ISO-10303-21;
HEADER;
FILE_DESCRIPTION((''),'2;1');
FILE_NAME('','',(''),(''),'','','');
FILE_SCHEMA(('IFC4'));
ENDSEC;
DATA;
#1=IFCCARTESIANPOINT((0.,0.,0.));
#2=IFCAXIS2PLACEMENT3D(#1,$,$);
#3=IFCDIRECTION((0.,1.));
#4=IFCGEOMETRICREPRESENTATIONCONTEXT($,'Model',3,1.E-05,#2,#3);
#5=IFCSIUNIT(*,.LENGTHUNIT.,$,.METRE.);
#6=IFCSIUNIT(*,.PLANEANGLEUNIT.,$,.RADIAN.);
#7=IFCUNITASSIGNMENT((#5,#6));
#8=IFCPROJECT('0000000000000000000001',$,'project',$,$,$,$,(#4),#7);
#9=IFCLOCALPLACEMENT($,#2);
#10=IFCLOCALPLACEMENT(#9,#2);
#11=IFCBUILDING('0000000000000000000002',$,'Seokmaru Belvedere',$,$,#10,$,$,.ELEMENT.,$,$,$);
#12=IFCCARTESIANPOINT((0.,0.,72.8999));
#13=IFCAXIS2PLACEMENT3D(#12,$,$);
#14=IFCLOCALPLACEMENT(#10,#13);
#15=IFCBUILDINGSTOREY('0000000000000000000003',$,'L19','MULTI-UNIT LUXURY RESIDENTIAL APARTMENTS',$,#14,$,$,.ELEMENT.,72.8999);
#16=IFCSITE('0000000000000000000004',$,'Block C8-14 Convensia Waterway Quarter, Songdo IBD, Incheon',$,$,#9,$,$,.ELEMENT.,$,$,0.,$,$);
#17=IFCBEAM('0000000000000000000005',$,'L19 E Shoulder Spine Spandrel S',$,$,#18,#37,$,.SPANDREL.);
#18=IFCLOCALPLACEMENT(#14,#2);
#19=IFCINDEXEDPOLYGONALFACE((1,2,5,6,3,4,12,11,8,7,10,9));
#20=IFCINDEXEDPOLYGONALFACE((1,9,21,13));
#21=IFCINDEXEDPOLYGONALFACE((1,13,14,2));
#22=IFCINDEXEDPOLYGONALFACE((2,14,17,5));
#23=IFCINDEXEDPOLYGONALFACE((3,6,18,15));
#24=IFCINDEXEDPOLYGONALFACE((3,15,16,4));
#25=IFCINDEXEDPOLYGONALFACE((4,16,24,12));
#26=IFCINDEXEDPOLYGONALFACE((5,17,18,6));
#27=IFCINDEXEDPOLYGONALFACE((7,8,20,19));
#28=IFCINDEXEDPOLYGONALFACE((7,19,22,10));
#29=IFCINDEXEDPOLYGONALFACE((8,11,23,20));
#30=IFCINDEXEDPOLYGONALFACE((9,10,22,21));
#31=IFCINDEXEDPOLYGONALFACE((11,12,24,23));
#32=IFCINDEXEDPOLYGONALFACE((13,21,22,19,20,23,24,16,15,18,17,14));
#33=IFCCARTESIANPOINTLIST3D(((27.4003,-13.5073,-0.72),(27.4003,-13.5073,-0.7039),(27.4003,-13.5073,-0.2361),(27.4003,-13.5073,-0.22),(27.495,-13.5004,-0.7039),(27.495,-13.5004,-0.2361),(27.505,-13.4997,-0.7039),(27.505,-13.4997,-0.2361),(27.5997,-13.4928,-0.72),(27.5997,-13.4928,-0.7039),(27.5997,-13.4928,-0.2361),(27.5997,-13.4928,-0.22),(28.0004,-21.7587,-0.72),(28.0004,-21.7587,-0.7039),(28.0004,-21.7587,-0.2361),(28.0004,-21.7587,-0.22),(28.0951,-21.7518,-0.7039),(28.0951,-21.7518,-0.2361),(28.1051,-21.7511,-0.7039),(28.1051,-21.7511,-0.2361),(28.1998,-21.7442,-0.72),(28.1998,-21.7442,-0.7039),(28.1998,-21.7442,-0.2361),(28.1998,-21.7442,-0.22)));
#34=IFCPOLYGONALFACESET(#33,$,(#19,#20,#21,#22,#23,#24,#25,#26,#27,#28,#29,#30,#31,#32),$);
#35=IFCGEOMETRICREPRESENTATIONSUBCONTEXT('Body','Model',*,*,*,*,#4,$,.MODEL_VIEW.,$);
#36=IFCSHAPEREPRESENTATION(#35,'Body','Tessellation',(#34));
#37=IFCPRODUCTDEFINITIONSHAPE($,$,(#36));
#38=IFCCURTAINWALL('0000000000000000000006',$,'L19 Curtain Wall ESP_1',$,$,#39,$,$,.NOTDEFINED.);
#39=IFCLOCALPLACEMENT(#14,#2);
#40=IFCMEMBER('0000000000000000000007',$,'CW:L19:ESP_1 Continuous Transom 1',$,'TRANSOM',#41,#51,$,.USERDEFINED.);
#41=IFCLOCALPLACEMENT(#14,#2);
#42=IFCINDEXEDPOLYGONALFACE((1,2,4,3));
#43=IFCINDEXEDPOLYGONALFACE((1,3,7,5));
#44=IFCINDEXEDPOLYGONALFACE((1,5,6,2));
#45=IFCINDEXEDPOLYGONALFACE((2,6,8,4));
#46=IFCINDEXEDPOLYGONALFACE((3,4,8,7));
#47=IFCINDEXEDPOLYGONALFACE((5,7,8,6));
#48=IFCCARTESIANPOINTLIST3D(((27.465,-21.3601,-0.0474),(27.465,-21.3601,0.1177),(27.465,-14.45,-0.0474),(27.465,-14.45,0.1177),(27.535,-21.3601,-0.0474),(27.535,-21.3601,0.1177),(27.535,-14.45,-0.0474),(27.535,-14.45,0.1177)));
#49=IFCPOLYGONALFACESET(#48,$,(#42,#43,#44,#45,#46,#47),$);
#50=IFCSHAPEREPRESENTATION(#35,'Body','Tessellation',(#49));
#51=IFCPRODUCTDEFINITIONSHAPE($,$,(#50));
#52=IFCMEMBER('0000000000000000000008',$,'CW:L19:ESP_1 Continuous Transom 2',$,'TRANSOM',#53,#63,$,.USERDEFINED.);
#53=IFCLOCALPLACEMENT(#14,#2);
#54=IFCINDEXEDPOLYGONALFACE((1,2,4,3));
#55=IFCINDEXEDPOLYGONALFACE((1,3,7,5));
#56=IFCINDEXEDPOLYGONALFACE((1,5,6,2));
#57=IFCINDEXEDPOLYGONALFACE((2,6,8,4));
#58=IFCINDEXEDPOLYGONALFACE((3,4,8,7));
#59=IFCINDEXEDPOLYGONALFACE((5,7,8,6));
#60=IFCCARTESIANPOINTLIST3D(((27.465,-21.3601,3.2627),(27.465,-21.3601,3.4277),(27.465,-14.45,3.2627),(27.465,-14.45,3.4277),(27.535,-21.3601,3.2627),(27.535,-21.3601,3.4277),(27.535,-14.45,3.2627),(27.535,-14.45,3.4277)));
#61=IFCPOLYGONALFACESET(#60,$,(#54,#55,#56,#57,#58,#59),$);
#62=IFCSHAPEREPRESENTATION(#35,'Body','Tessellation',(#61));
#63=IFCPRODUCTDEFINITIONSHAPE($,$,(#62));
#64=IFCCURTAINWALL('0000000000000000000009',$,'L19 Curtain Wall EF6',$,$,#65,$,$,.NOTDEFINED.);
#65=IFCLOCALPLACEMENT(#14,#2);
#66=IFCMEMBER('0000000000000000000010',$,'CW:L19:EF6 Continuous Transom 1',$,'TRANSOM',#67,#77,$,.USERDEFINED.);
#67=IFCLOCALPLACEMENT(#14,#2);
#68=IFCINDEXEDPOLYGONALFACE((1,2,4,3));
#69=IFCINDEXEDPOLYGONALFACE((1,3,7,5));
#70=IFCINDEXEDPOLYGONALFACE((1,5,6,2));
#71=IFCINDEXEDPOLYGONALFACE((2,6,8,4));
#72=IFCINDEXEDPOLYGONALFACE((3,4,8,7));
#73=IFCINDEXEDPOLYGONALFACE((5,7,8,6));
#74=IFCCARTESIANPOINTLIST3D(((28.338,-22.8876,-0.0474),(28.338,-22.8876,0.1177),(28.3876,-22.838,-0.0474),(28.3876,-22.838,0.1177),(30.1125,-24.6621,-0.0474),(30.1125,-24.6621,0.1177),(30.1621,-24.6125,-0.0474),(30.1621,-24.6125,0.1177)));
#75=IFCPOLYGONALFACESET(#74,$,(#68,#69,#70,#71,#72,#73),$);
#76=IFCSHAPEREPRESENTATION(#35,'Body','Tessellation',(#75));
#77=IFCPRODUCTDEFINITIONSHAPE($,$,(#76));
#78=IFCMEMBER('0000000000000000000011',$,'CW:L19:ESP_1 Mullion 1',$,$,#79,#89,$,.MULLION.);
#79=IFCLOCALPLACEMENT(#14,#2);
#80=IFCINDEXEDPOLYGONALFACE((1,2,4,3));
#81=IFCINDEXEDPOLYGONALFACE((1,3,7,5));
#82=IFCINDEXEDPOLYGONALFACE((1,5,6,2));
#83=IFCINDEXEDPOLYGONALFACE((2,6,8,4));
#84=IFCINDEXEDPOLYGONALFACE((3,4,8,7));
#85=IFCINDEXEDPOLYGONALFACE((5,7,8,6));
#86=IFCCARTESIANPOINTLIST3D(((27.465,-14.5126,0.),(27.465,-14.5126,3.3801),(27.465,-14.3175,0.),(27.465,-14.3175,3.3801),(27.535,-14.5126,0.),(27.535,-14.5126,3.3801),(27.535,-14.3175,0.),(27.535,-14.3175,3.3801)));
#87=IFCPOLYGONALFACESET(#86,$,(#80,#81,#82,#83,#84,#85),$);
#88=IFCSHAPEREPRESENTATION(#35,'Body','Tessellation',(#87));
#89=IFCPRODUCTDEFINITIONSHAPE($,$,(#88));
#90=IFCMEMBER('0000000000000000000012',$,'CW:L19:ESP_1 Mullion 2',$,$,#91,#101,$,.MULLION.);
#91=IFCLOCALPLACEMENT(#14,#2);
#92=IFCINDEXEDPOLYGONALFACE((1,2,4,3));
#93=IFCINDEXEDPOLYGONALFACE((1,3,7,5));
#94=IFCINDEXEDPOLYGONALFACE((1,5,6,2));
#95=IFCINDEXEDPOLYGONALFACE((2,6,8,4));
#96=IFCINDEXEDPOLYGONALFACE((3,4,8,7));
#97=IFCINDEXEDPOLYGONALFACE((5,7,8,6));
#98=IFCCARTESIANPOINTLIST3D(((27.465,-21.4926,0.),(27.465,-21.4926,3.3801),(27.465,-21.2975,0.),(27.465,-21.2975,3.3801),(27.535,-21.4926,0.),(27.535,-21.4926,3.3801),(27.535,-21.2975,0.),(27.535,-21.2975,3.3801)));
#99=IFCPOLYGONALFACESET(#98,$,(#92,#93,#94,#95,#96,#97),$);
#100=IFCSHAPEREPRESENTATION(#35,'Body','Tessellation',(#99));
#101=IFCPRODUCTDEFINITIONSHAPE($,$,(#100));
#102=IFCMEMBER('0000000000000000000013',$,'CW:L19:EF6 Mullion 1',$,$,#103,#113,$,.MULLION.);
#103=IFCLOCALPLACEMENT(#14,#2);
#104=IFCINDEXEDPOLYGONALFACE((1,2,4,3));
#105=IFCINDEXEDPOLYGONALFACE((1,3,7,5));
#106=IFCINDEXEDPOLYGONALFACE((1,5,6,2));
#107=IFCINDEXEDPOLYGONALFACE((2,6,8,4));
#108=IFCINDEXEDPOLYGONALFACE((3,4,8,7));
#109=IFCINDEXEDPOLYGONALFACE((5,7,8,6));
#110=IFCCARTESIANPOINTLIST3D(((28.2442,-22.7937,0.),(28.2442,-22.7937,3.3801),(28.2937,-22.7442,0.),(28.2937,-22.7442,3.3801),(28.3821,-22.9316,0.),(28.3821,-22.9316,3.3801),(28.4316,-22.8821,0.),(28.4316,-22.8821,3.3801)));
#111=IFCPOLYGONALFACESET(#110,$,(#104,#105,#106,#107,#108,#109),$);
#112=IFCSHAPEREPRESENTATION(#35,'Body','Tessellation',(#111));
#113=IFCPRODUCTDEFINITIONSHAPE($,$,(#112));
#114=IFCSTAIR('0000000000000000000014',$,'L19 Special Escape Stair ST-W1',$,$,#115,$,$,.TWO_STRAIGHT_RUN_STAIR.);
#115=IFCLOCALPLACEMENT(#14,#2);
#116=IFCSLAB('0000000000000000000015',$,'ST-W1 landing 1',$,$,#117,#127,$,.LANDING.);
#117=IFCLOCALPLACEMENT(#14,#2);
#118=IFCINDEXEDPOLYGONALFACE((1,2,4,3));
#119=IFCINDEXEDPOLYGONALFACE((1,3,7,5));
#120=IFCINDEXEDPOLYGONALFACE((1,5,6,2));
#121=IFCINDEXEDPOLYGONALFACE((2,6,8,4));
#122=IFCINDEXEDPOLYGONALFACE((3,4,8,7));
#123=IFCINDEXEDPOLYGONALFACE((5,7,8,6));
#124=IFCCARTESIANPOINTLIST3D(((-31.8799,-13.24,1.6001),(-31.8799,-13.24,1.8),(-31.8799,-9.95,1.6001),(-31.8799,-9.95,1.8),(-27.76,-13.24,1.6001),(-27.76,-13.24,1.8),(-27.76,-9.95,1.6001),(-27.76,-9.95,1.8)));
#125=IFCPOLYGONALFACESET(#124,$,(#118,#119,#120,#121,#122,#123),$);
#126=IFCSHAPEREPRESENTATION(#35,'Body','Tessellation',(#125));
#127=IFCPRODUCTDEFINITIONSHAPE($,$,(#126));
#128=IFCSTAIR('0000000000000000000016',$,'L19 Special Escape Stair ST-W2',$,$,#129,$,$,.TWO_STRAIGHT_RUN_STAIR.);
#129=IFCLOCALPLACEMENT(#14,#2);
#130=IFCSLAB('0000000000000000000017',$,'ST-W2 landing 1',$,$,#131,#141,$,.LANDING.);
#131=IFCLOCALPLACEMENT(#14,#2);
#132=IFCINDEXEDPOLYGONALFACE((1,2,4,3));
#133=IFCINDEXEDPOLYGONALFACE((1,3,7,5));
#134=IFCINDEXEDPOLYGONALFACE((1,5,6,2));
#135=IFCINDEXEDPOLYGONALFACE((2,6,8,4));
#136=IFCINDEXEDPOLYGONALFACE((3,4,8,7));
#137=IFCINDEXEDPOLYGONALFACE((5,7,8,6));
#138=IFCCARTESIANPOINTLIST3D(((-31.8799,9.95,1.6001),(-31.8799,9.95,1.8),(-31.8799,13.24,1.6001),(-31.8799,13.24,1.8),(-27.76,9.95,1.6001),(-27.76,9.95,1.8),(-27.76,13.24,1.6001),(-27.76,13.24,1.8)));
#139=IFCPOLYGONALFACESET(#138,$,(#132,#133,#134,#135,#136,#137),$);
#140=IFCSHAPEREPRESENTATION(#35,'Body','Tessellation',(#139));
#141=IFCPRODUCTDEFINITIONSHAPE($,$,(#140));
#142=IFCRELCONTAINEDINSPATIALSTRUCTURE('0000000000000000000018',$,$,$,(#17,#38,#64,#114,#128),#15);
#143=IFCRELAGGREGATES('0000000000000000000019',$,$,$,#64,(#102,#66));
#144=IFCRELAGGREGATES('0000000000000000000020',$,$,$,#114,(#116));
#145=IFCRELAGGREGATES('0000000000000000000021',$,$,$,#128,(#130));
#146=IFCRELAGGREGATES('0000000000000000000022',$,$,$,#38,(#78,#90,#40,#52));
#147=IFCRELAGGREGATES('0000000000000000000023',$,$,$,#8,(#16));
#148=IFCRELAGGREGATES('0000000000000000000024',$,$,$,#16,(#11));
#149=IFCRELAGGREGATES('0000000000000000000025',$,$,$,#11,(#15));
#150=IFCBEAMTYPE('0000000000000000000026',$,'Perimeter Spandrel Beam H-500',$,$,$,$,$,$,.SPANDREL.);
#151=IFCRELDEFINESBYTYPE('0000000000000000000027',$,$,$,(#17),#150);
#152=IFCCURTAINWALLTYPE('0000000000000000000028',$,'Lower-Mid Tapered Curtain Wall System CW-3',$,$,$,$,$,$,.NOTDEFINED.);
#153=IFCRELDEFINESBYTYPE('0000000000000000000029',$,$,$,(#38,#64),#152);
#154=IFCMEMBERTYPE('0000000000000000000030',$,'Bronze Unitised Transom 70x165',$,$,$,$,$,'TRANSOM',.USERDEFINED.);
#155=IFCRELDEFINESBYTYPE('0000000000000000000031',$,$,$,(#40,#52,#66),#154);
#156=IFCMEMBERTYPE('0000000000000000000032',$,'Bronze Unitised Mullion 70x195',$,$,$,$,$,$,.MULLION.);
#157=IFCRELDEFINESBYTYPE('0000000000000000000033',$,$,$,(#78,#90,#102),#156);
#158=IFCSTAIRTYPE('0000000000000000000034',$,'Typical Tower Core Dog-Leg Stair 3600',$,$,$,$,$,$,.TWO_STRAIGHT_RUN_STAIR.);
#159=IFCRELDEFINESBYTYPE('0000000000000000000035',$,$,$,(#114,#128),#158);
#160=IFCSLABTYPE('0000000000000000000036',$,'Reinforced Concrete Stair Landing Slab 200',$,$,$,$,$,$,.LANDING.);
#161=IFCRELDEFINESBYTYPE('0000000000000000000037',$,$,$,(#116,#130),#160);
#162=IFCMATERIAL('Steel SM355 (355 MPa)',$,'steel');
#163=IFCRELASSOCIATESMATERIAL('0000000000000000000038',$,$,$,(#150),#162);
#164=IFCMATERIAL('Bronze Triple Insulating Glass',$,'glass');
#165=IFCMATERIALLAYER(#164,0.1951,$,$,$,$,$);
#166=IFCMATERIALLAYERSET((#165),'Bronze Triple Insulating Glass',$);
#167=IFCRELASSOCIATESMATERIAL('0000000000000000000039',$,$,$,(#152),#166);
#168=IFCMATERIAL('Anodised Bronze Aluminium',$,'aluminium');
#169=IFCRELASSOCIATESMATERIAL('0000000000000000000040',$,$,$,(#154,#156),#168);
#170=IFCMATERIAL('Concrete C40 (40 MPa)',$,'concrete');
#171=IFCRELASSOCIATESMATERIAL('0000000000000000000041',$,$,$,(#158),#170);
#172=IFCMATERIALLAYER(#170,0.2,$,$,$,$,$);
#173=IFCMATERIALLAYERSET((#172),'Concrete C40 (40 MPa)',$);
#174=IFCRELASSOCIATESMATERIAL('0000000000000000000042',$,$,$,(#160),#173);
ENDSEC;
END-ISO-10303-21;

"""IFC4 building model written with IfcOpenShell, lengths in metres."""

from ifc_helpers import new_model, si_unit, direction, frame, origin, origin_2d, place, context, subcontext, project, spatial, polyline, rectangle, i_section, outline, extrude, source, transform, mapped, material, layer, layer_set, material_profile, profile_set, type_object, type_shapes, element, aggregate, save


model = new_model("IFC4")

# Units and contexts
model_context = context("Model", 3, precision=1e-05, world=origin(), true_north=direction((0.0, 1.0)))
body_context = subcontext(model_context, "Body", "Model", "MODEL_VIEW")
ifc_project = project(units=[si_unit("LENGTHUNIT", "METRE"), si_unit("PLANEANGLEUNIT", "RADIAN")], contexts=[model_context])

# Site, building, storey
site_placement = place(None, origin())
site = spatial("IfcSite", under=ifc_project, at=site_placement, Name="Block C8-14 Convensia Waterway Quarter, Songdo IBD, Incheon", CompositionType="ELEMENT", RefElevation=0.0)
building_placement = place(site_placement, origin())
building = spatial("IfcBuilding", under=site, at=building_placement, Name="Seokmaru Belvedere", CompositionType="ELEMENT")
storey_placement = place(building_placement, frame((0.0, 0.0, 72.8999)))
storey = spatial("IfcBuildingStorey", under=building, at=storey_placement, Name="L19", Description="MULTI-UNIT LUXURY RESIDENTIAL APARTMENTS", CompositionType="ELEMENT", Elevation=72.8999)

# Shared definitions
ifc_material_1 = material(Name="Steel SM355 (355 MPa)", Category="steel")

# Beam
ifc_material_profile_1 = material_profile(ifc_material_1, i_section(OverallWidth=0.2, OverallDepth=0.5, WebThickness=0.01, FlangeThickness=0.0161, at=origin_2d()), Name="H-500x200x10x16")
ifc_profile_set_1 = profile_set([ifc_material_profile_1], Name="Steel SM355 (355 MPa)")
beam_type_1 = type_object("IfcBeamType", Name="Perimeter Spandrel Beam H-500", PredefinedType="SPANDREL", material=ifc_profile_set_1)
shared_shape_1 = source(origin(), body_context, "Body", "SweptSolid", [
    extrude(i_section(OverallWidth=0.2, OverallDepth=0.5, WebThickness=0.01, FlangeThickness=0.0161, at=origin_2d()), origin(), (0.0, 0.0, 1.0), 8.2732),
])
beam_1_placement = place(storey_placement, frame((28.1001, -21.7515, -0.47), z_axis=(-0.072535, 0.997366, 0.0), x_axis=(-0.997366, -0.072535, 0.0)))
element("IfcBeam", 1, at=beam_1_placement, inside=storey, type_object=beam_type_1, Name="L19 E Shoulder Spine Spandrel S", PredefinedType="SPANDREL", context=body_context, shape_type="MappedRepresentation", body=[
    mapped(shared_shape_1, transform((0.0, 0.0, 0.0), scale=1.0)),
])

# Curtain wall, members
ifc_material_2 = material(Name="Bronze Triple Insulating Glass", Category="glass")
ifc_layer_1 = layer(ifc_material_2, 0.1951)
ifc_layer_set_1 = layer_set([ifc_layer_1], Name="Bronze Triple Insulating Glass")
curtain_wall_type = type_object("IfcCurtainWallType", Name="Lower-Mid Tapered Curtain Wall System CW-3", PredefinedType="NOTDEFINED", material=ifc_layer_set_1)
curtain_wall_1_placement = place(storey_placement, origin())
curtain_wall_1 = element("IfcCurtainWall", 2, at=curtain_wall_1_placement, inside=storey, type_object=curtain_wall_type, Name="L19 Curtain Wall ESP_1", PredefinedType="NOTDEFINED")
ifc_material_3 = material(Name="Anodised Bronze Aluminium", Category="aluminium")
ifc_material_profile_2 = material_profile(ifc_material_3, rectangle(XDim=0.0701, YDim=0.165, at=origin_2d()), Name="CW-T-70x165")
ifc_profile_set_2 = profile_set([ifc_material_profile_2], Name="Anodised Bronze Aluminium")
member_type_1 = type_object("IfcMemberType", Name="Bronze Unitised Transom 70x165", ElementType="TRANSOM", PredefinedType="USERDEFINED", material=ifc_profile_set_2)
shared_shape_2 = source(origin(), body_context, "Body", "SweptSolid", [
    extrude(rectangle(XDim=0.0701, YDim=0.165, at=origin_2d()), origin(), (0.0, 0.0, 1.0), 6.9102),
])
member_1_placement = place(storey_placement, frame((27.5, -14.45, 0.0352), z_axis=(0.0, -1.0, 0.0), x_axis=(1.0, 0.0, 0.0)))
member_1 = element("IfcMember", 3, at=member_1_placement, type_object=member_type_1, Name="CW:L19:ESP_1 Continuous Transom 1", ObjectType="TRANSOM", PredefinedType="USERDEFINED", context=body_context, shape_type="MappedRepresentation", body=[
    mapped(shared_shape_2, transform((0.0, 0.0, 0.0), scale=1.0)),
])
member_2_placement = place(storey_placement, frame((27.5, -14.45, 3.3452), z_axis=(0.0, -1.0, 0.0), x_axis=(1.0, 0.0, 0.0)))
member_2 = element("IfcMember", 4, at=member_2_placement, type_object=member_type_1, Name="CW:L19:ESP_1 Continuous Transom 2", ObjectType="TRANSOM", PredefinedType="USERDEFINED", context=body_context, shape_type="MappedRepresentation", body=[
    mapped(shared_shape_2, transform((0.0, 0.0, 0.0), scale=1.0)),
])

# Curtain wall, member
curtain_wall_2_placement = place(storey_placement, origin())
curtain_wall_2 = element("IfcCurtainWall", 5, at=curtain_wall_2_placement, inside=storey, type_object=curtain_wall_type, Name="L19 Curtain Wall EF6", PredefinedType="NOTDEFINED")
shared_shape_3 = source(origin(), body_context, "Body", "SweptSolid", [
    extrude(rectangle(XDim=0.0701, YDim=0.165, at=origin_2d()), origin(), (0.0, 0.0, 1.0), 2.5095),
])
type_shapes(member_type_1, [shared_shape_2, shared_shape_3])
member_3_placement = place(storey_placement, frame((28.3628, -22.8628, 0.0352), z_axis=(0.707107, -0.707107, 0.0), x_axis=(0.707107, 0.707107, 0.0)))
member_3 = element("IfcMember", 6, at=member_3_placement, type_object=member_type_1, Name="CW:L19:EF6 Continuous Transom 1", ObjectType="TRANSOM", PredefinedType="USERDEFINED", context=body_context, shape_type="MappedRepresentation", body=[
    mapped(shared_shape_3, transform((0.0, 0.0, 0.0), scale=1.0)),
])

# Members
ifc_material_profile_3 = material_profile(ifc_material_3, rectangle(XDim=0.0701, YDim=0.1951, at=origin_2d()), Name="CW-M-70x195")
ifc_profile_set_3 = profile_set([ifc_material_profile_3], Name="Anodised Bronze Aluminium")
member_type_2 = type_object("IfcMemberType", Name="Bronze Unitised Mullion 70x195", PredefinedType="MULLION", material=ifc_profile_set_3)
shared_shape_4 = source(origin(), body_context, "Body", "SweptSolid", [
    extrude(rectangle(XDim=0.0701, YDim=0.1951, at=origin_2d()), origin(), (0.0, 0.0, 1.0), 3.3801),
])
type_shapes(member_type_2, [shared_shape_4])
member_4_placement = place(storey_placement, frame((27.5, -14.415, 0.0), z_axis=(0.0, 0.0, 1.0), x_axis=(1.0, 0.0, 0.0)))
member_4 = element("IfcMember", 7, at=member_4_placement, type_object=member_type_2, Name="CW:L19:ESP_1 Mullion 1", PredefinedType="MULLION", context=body_context, shape_type="MappedRepresentation", body=[
    mapped(shared_shape_4, transform((0.0, 0.0, 0.0), scale=1.0)),
])
member_5_placement = place(storey_placement, frame((27.5, -21.395, 0.0), z_axis=(0.0, 0.0, 1.0), x_axis=(1.0, 0.0, 0.0)))
member_5 = element("IfcMember", 8, at=member_5_placement, type_object=member_type_2, Name="CW:L19:ESP_1 Mullion 2", PredefinedType="MULLION", context=body_context, shape_type="MappedRepresentation", body=[
    mapped(shared_shape_4, transform((0.0, 0.0, 0.0), scale=1.0)),
])
member_6_placement = place(storey_placement, frame((28.3379, -22.8379, 0.0), z_axis=(0.0, 0.0, 1.0), x_axis=(0.707107, 0.707107, 0.0)))
member_6 = element("IfcMember", 9, at=member_6_placement, type_object=member_type_2, Name="CW:L19:EF6 Mullion 1", PredefinedType="MULLION", context=body_context, shape_type="MappedRepresentation", body=[
    mapped(shared_shape_4, transform((0.0, 0.0, 0.0), scale=1.0)),
])
aggregate(curtain_wall_2, [member_6, member_3])

# Stairs, slabs
ifc_material_4 = material(Name="Concrete C40 (40 MPa)", Category="concrete")
stair_type = type_object("IfcStairType", Name="Typical Tower Core Dog-Leg Stair 3600", PredefinedType="TWO_STRAIGHT_RUN_STAIR", material=ifc_material_4)
stair_1_placement = place(storey_placement, origin())
stair_1 = element("IfcStair", 10, at=stair_1_placement, inside=storey, type_object=stair_type, Name="L19 Special Escape Stair ST-W1", PredefinedType="TWO_STRAIGHT_RUN_STAIR")
ifc_layer_2 = layer(ifc_material_4, 0.2)
ifc_layer_set_2 = layer_set([ifc_layer_2], Name="Concrete C40 (40 MPa)")
slab_type_1 = type_object("IfcSlabType", Name="Reinforced Concrete Stair Landing Slab 200", PredefinedType="LANDING", material=ifc_layer_set_2)
slab_1_placement = place(storey_placement, frame((0.0, 0.0, 1.6001)))
slab_1 = element("IfcSlab", 11, at=slab_1_placement, type_object=slab_type_1, Name="ST-W1 landing 1", PredefinedType="LANDING", context=body_context, shape_type="SweptSolid", body=[
    extrude(outline(polyline([(-31.8799, -13.24), (-27.76, -13.24), (-27.76, -9.95), (-31.8799, -9.95), (-31.8799, -13.24)])), origin(), (0.0, 0.0, 1.0), 0.2),
])
aggregate(stair_1, [slab_1])
stair_2_placement = place(storey_placement, origin())
stair_2 = element("IfcStair", 12, at=stair_2_placement, inside=storey, type_object=stair_type, Name="L19 Special Escape Stair ST-W2", PredefinedType="TWO_STRAIGHT_RUN_STAIR")
slab_2_placement = place(storey_placement, frame((0.0, 0.0, 1.6001)))
slab_2 = element("IfcSlab", 13, at=slab_2_placement, type_object=slab_type_1, Name="ST-W2 landing 1", PredefinedType="LANDING", context=body_context, shape_type="SweptSolid", body=[
    extrude(outline(polyline([(-31.8799, 9.95), (-27.76, 9.95), (-27.76, 13.24), (-31.8799, 13.24), (-31.8799, 9.95)])), origin(), (0.0, 0.0, 1.0), 0.2),
])
aggregate(stair_2, [slab_2])

aggregate(curtain_wall_1, [member_4, member_5, member_1, member_2])

save(model, "model.ifc")
